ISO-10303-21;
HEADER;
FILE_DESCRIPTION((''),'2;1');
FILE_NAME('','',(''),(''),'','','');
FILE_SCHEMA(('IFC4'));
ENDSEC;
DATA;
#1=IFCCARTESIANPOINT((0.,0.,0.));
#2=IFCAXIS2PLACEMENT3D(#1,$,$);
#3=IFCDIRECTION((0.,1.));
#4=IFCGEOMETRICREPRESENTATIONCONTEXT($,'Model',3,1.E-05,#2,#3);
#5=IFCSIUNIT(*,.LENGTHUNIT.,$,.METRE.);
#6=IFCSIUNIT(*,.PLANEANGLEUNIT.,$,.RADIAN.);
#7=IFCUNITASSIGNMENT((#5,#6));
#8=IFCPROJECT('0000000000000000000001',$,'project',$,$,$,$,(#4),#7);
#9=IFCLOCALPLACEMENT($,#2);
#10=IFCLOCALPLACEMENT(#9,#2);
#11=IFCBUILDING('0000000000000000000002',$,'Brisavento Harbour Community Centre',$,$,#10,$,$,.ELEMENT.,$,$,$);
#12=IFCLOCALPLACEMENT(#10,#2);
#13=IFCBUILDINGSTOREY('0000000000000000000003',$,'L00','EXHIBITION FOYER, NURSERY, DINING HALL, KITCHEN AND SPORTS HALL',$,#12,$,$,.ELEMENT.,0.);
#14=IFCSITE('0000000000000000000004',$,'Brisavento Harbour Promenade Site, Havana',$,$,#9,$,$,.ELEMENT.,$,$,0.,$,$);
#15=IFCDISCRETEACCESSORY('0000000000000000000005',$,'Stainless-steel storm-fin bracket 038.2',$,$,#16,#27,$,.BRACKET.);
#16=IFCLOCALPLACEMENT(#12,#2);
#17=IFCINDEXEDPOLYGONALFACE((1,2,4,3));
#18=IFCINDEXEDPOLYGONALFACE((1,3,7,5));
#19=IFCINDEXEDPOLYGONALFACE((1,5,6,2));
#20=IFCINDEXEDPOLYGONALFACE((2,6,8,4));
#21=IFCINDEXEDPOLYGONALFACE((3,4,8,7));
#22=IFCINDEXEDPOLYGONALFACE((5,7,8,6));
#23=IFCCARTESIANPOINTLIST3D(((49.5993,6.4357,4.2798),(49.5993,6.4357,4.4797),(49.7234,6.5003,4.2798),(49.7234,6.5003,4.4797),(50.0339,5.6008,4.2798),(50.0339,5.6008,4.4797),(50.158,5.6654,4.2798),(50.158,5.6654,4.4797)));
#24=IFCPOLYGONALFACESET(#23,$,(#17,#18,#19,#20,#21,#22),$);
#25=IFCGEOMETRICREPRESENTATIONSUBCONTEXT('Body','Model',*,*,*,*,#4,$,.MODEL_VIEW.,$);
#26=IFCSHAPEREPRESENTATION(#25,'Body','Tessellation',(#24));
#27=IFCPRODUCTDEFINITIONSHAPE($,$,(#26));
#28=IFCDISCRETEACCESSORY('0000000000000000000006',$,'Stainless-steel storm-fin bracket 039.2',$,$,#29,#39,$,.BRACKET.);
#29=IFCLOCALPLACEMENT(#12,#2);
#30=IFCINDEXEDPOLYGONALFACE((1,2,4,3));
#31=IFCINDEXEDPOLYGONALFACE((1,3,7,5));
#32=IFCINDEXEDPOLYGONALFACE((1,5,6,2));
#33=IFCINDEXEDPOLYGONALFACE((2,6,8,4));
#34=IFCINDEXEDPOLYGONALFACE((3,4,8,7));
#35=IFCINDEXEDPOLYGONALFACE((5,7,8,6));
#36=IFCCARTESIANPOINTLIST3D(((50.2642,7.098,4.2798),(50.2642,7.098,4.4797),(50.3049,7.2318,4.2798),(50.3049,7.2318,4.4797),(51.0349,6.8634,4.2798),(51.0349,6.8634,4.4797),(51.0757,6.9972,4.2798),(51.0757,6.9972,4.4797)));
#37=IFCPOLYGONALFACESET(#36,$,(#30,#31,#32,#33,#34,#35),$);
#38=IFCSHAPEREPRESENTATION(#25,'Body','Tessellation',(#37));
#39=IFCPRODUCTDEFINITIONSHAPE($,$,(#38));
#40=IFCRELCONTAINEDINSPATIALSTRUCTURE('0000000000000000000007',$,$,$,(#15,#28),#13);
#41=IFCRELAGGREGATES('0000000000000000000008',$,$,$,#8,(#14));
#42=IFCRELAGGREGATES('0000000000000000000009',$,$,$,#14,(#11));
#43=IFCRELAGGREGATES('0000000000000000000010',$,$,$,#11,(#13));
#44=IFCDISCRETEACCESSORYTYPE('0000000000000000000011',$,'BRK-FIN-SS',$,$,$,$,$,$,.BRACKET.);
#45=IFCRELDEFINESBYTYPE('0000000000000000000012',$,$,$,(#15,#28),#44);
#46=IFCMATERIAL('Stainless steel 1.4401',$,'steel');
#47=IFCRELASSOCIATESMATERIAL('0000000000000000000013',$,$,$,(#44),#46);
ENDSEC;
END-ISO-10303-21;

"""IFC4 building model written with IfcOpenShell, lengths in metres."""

from ifc_helpers import new_model, si_unit, direction, frame, origin, origin_2d, place, context, subcontext, project, spatial, rectangle, extrude, material, type_object, element, save


model = new_model("IFC4")

# Units and contexts
model_context = context("Model", 3, precision=1e-05, world=origin(), true_north=direction((0.0, 1.0)))
body_context = subcontext(model_context, "Body", "Model", "MODEL_VIEW")
ifc_project = project(units=[si_unit("LENGTHUNIT", "METRE"), si_unit("PLANEANGLEUNIT", "RADIAN")], contexts=[model_context])

# Site, building, storey
site_placement = place(None, origin())
site = spatial("IfcSite", under=ifc_project, at=site_placement, Name="Brisavento Harbour Promenade Site, Havana", CompositionType="ELEMENT", RefElevation=0.0)
building_placement = place(site_placement, origin())
building = spatial("IfcBuilding", under=site, at=building_placement, Name="Brisavento Harbour Community Centre", CompositionType="ELEMENT")
storey_placement = place(building_placement, origin())
storey = spatial("IfcBuildingStorey", under=building, at=storey_placement, Name="L00", Description="EXHIBITION FOYER, NURSERY, DINING HALL, KITCHEN AND SPORTS HALL", CompositionType="ELEMENT", Elevation=0.0)

# Discrete accessories
ifc_material_1 = material(Name="Stainless steel 1.4401", Category="steel")
discrete_accessory_type = type_object("IfcDiscreteAccessoryType", Name="BRK-FIN-SS", PredefinedType="BRACKET", material=ifc_material_1)
discrete_accessory_1_placement = place(storey_placement, frame((49.8787, 6.0505, 4.2798), z_axis=(0.0, 0.0, 1.0), x_axis=(0.461702, -0.887035, 0.0)))
element("IfcDiscreteAccessory", 1, at=discrete_accessory_1_placement, inside=storey, type_object=discrete_accessory_type, Name="Stainless-steel storm-fin bracket 038.2", PredefinedType="BRACKET", context=body_context, shape_type="SweptSolid", body=[
    extrude(rectangle(XDim=0.9412, YDim=0.1399, at=origin_2d()), origin(), (0.0, 0.0, 1.0), 0.2),
])
discrete_accessory_2_placement = place(storey_placement, frame((50.6699, 7.0476, 4.2798), z_axis=(0.0, 0.0, 1.0), x_axis=(0.956676, -0.291153, 0.0)))
element("IfcDiscreteAccessory", 2, at=discrete_accessory_2_placement, inside=storey, type_object=discrete_accessory_type, Name="Stainless-steel storm-fin bracket 039.2", PredefinedType="BRACKET", context=body_context, shape_type="SweptSolid", body=[
    extrude(rectangle(XDim=0.8057, YDim=0.1399, at=origin_2d()), origin(), (0.0, 0.0, 1.0), 0.2),
])

save(model, "model.ifc")
